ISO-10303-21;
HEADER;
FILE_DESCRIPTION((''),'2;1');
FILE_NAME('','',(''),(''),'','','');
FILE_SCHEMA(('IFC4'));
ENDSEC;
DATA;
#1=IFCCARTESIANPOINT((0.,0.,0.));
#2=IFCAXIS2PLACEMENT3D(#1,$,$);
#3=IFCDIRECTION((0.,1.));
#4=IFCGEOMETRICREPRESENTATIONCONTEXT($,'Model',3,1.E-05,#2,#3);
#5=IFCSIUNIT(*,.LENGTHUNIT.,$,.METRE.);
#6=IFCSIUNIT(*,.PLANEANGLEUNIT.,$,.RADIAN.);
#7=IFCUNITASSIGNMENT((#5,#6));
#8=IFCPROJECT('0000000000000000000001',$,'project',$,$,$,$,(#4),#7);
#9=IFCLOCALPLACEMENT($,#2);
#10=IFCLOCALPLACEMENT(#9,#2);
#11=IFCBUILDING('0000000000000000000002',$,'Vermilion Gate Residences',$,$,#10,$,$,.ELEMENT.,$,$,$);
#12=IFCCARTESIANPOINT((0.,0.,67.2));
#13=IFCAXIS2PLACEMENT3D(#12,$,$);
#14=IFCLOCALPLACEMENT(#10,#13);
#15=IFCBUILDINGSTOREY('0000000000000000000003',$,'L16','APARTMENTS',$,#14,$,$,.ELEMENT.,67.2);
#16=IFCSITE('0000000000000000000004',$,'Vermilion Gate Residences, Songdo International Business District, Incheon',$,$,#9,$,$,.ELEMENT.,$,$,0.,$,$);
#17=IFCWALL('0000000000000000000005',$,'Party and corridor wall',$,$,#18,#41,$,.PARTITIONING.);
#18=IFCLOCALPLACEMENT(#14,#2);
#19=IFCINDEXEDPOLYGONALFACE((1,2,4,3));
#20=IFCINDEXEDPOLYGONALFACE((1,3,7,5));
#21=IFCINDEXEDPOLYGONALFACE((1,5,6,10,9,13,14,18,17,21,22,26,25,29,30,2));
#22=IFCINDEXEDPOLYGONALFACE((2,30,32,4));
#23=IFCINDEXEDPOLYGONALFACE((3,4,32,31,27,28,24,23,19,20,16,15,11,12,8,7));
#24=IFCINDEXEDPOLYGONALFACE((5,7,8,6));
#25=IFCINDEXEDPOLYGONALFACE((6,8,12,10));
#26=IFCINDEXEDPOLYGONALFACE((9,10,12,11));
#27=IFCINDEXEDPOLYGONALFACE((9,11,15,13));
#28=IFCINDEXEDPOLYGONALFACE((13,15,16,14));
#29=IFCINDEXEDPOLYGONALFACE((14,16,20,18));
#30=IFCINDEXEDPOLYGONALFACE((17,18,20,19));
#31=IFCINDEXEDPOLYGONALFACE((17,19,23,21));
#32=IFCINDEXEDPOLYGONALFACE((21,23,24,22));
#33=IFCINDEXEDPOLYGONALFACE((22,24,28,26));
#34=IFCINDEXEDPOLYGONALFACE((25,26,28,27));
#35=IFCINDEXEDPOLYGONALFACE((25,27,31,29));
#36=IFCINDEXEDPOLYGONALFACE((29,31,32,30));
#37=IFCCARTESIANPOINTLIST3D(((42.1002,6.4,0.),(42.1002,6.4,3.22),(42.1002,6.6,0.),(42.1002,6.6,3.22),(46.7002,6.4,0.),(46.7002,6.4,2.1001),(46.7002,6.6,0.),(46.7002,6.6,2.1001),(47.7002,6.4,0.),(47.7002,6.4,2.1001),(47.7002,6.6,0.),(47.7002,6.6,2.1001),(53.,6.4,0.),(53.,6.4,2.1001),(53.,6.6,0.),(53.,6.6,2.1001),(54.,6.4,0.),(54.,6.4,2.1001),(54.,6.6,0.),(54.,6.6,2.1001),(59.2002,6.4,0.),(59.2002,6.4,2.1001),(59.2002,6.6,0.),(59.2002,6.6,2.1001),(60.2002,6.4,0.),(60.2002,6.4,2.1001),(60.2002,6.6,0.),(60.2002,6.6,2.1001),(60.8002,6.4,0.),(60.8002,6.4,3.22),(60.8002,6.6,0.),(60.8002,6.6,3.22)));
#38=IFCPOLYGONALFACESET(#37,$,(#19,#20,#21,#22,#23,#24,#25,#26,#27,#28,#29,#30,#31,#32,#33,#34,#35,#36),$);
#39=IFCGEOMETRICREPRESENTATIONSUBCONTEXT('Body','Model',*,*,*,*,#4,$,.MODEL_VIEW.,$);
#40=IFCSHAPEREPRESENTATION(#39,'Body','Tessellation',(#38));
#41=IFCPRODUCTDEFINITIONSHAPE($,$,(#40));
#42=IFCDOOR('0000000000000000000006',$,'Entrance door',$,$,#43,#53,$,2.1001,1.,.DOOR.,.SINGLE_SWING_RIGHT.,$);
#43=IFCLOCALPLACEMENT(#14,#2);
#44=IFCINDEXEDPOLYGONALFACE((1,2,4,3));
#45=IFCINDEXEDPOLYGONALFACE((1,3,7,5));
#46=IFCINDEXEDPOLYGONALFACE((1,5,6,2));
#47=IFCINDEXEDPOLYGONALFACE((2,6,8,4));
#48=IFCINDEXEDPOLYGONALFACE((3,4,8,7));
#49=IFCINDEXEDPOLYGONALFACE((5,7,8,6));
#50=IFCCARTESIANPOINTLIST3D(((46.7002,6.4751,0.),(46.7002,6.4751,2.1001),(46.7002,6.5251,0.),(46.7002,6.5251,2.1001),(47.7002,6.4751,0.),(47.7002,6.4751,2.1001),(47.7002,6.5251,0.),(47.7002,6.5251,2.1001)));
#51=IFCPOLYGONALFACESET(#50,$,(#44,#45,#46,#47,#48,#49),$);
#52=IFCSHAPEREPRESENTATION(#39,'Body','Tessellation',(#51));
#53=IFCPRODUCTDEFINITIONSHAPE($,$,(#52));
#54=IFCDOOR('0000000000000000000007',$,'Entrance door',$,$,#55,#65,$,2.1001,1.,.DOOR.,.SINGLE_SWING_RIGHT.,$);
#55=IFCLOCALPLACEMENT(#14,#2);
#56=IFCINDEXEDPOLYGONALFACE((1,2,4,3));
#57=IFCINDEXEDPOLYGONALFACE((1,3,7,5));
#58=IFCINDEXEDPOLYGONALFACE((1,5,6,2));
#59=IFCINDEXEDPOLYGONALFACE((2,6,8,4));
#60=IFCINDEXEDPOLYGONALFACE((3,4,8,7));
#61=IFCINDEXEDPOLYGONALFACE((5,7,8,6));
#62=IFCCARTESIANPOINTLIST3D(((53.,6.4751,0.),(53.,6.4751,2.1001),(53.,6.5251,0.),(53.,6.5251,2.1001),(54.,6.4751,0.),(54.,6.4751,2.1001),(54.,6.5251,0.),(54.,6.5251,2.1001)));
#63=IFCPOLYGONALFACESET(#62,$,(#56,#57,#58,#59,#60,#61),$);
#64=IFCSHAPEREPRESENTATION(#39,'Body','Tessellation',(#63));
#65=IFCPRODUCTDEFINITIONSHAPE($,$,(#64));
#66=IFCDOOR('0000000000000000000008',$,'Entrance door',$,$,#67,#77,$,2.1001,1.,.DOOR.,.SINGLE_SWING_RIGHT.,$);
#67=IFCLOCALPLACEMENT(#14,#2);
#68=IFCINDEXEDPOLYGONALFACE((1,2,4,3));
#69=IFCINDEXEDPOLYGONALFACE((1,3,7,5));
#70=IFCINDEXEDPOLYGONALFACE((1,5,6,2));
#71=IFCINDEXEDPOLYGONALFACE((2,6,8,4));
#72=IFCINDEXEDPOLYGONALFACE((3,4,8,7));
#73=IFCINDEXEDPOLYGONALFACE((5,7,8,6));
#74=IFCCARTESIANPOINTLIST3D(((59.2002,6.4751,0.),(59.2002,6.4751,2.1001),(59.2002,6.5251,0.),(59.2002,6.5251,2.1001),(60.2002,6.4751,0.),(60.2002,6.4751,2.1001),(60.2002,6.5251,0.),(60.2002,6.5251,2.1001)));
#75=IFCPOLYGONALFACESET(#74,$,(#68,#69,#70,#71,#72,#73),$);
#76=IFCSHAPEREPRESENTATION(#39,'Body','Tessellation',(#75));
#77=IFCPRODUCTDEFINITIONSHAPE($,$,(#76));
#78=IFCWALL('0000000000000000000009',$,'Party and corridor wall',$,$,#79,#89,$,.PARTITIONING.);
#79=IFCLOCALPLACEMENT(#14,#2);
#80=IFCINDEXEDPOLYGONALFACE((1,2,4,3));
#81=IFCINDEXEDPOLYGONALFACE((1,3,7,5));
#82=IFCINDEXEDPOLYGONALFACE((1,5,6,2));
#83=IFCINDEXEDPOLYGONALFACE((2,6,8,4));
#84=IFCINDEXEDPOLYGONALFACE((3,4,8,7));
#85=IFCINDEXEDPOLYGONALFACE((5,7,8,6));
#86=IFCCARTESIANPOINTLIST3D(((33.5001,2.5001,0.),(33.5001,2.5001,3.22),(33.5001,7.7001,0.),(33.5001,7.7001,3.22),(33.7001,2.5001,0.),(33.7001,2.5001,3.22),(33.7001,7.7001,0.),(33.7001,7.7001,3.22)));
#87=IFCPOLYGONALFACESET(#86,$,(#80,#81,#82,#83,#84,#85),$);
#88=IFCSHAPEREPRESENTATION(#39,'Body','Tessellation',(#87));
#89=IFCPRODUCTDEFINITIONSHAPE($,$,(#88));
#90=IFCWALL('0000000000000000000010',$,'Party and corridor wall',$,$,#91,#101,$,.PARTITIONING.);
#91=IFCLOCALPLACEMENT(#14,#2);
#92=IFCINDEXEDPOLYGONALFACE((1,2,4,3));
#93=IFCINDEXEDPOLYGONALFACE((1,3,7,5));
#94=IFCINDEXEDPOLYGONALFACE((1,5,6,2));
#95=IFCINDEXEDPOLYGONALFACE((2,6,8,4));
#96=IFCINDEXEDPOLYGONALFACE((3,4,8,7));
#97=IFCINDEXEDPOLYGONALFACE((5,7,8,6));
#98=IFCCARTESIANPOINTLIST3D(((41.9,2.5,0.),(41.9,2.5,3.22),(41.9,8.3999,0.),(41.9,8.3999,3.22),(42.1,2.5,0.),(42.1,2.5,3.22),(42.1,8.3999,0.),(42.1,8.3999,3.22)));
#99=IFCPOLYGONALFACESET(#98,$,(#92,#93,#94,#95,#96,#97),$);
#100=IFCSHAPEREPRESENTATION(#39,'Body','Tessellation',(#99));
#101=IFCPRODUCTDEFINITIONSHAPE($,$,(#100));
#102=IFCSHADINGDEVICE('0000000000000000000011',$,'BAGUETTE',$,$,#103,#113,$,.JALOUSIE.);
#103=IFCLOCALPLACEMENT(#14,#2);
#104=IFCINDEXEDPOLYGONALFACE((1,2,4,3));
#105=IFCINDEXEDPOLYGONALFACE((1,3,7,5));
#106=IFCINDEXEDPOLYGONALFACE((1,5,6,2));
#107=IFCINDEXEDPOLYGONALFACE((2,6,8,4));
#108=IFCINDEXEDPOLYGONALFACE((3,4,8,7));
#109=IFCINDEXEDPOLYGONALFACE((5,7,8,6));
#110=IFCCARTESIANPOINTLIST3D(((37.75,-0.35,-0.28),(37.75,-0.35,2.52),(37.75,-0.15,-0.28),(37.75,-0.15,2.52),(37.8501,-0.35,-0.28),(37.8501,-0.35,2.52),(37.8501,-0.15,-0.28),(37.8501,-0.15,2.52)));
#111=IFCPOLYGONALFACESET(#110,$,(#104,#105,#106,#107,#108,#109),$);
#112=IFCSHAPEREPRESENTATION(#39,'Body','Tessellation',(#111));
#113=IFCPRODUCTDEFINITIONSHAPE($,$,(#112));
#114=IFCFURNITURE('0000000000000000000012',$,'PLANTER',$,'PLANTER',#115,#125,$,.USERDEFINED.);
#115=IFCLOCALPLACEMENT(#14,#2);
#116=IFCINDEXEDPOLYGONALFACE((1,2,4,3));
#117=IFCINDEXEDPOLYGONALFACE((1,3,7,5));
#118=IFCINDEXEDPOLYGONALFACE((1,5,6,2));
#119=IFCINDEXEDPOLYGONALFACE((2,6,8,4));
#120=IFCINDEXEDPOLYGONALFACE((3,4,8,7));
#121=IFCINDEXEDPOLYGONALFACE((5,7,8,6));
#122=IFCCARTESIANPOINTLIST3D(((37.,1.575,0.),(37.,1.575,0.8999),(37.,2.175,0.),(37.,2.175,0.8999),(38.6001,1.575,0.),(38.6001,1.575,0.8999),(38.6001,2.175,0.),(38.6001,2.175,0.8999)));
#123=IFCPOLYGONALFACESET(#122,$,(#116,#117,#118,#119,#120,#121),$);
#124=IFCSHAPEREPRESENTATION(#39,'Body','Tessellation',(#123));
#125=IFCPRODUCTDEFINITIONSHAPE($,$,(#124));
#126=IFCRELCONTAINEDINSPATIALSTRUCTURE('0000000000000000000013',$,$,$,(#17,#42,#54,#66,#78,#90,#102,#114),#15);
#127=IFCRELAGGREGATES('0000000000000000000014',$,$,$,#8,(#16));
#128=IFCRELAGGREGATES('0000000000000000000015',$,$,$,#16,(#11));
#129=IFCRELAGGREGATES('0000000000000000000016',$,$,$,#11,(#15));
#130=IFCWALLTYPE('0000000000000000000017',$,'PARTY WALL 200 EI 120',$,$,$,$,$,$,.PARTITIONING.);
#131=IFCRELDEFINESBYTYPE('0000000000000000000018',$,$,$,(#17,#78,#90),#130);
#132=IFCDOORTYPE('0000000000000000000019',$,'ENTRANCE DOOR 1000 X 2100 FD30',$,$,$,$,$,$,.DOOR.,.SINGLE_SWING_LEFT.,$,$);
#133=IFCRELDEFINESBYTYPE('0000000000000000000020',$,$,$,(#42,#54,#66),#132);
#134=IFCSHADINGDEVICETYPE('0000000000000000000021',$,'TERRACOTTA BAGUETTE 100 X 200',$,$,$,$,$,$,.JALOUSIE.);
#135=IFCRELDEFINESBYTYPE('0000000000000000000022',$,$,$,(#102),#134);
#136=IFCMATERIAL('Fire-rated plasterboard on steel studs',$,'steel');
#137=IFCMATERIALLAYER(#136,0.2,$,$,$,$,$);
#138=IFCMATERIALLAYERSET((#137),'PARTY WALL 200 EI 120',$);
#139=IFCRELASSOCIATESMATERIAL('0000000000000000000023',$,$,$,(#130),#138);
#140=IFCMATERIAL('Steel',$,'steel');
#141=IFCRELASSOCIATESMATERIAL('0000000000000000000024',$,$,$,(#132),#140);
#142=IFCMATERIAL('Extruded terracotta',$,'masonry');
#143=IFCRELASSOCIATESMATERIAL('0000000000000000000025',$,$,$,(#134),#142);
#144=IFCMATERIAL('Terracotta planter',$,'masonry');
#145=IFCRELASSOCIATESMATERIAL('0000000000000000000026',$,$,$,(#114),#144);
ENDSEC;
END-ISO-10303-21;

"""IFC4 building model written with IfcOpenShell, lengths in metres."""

from ifc_helpers import new_model, si_unit, direction, frame, frame_2d, origin, origin_2d, place, context, subcontext, project, spatial, rectangle, extrude, material, layer, layer_set, material_profile, profile_set, type_object, element, fill, save


model = new_model("IFC4")

# Units and contexts
model_context = context("Model", 3, precision=1e-05, world=origin(), true_north=direction((0.0, 1.0)))
body_context = subcontext(model_context, "Body", "Model", "MODEL_VIEW")
ifc_project = project(units=[si_unit("LENGTHUNIT", "METRE"), si_unit("PLANEANGLEUNIT", "RADIAN")], contexts=[model_context])

# Site, building, storey
site_placement = place(None, origin())
site = spatial("IfcSite", under=ifc_project, at=site_placement, Name="Vermilion Gate Residences, Songdo International Business District, Incheon", CompositionType="ELEMENT", RefElevation=0.0)
building_placement = place(site_placement, origin())
building = spatial("IfcBuilding", under=site, at=building_placement, Name="Vermilion Gate Residences", CompositionType="ELEMENT")
storey_placement = place(building_placement, frame((0.0, 0.0, 67.2)))
storey = spatial("IfcBuildingStorey", under=building, at=storey_placement, Name="L16", Description="APARTMENTS", CompositionType="ELEMENT", Elevation=67.2)

# Wall, openings, doors
ifc_material_1 = material(Name="Fire-rated plasterboard on steel studs", Category="steel")
ifc_layer_1 = layer(ifc_material_1, 0.2)
ifc_layer_set_1 = layer_set([ifc_layer_1], Name="PARTY WALL 200 EI 120")
wall_type_1 = type_object("IfcWallType", Name="PARTY WALL 200 EI 120", PredefinedType="PARTITIONING", material=ifc_layer_set_1)
wall_1_placement = place(storey_placement, frame((42.1001, 6.5, 0.0), z_axis=(0.0, 0.0, 1.0), x_axis=(1.0, 0.0, 0.0)))
wall_1 = element("IfcWall", 1, at=wall_1_placement, inside=storey, type_object=wall_type_1, Name="Party and corridor wall", PredefinedType="PARTITIONING", context=body_context, shape_type="SweptSolid", body=[
    extrude(rectangle(XDim=18.7, YDim=0.2, at=frame_2d((9.3501, 0.0))), origin(), (0.0, 0.0, 1.0), 3.22),
])
opening_1_placement = place(wall_1_placement, frame((4.6001, 0.0, 0.0)))
opening_1 = element("IfcOpeningElement", 2, at=opening_1_placement, cuts=wall_1, PredefinedType="OPENING", context=body_context, shape_type="SweptSolid", body=[
    extrude(rectangle(XDim=1.0, YDim=2.1001, at=frame_2d((0.5, 1.05))), frame((0.0, 0.1099, 0.0), z_axis=(0.0, -1.0, 0.0), x_axis=(1.0, 0.0, 0.0)), (0.0, 0.0, 1.0), 0.22),
])
opening_2_placement = place(wall_1_placement, frame((10.8999, 0.0, 0.0)))
opening_2 = element("IfcOpeningElement", 3, at=opening_2_placement, cuts=wall_1, PredefinedType="OPENING", context=body_context, shape_type="SweptSolid", body=[
    extrude(rectangle(XDim=1.0, YDim=2.1001, at=frame_2d((0.5, 1.05))), frame((0.0, 0.1099, 0.0), z_axis=(0.0, -1.0, 0.0), x_axis=(1.0, 0.0, 0.0)), (0.0, 0.0, 1.0), 0.22),
])
opening_3_placement = place(wall_1_placement, frame((17.1001, 0.0, 0.0)))
opening_3 = element("IfcOpeningElement", 4, at=opening_3_placement, cuts=wall_1, PredefinedType="OPENING", context=body_context, shape_type="SweptSolid", body=[
    extrude(rectangle(XDim=1.0, YDim=2.1001, at=frame_2d((0.5, 1.05))), frame((0.0, 0.1099, 0.0), z_axis=(0.0, -1.0, 0.0), x_axis=(1.0, 0.0, 0.0)), (0.0, 0.0, 1.0), 0.22),
])
ifc_material_2 = material(Name="Steel", Category="steel")
door_type_1 = type_object("IfcDoorType", Name="ENTRANCE DOOR 1000 X 2100 FD30", OperationType="SINGLE_SWING_LEFT", PredefinedType="DOOR", material=ifc_material_2)
door_1_placement = place(opening_1_placement, frame((1.0, 0.0, 0.0), z_axis=(0.0, 0.0, 1.0), x_axis=(-1.0, 0.0, 0.0)))
door_1 = element("IfcDoor", 5, at=door_1_placement, inside=storey, type_object=door_type_1, Name="Entrance door", OperationType="SINGLE_SWING_RIGHT", OverallHeight=2.1001, OverallWidth=1.0, PredefinedType="DOOR", context=body_context, shape_type="SweptSolid", body=[
    extrude(rectangle(XDim=1.0, YDim=2.1001, at=frame_2d((0.5, 1.05))), frame((0.0, 0.0249, 0.0), z_axis=(0.0, -1.0, 0.0), x_axis=(1.0, 0.0, 0.0)), (0.0, 0.0, 1.0), 0.05),
])
fill(opening_1, door_1)
door_2_placement = place(opening_2_placement, frame((1.0, 0.0, 0.0), z_axis=(0.0, 0.0, 1.0), x_axis=(-1.0, 0.0, 0.0)))
door_2 = element("IfcDoor", 6, at=door_2_placement, inside=storey, type_object=door_type_1, Name="Entrance door", OperationType="SINGLE_SWING_RIGHT", OverallHeight=2.1001, OverallWidth=1.0, PredefinedType="DOOR", context=body_context, shape_type="SweptSolid", body=[
    extrude(rectangle(XDim=1.0, YDim=2.1001, at=frame_2d((0.5, 1.05))), frame((0.0, 0.0249, 0.0), z_axis=(0.0, -1.0, 0.0), x_axis=(1.0, 0.0, 0.0)), (0.0, 0.0, 1.0), 0.05),
])
fill(opening_2, door_2)
door_3_placement = place(opening_3_placement, frame((1.0, 0.0, 0.0), z_axis=(0.0, 0.0, 1.0), x_axis=(-1.0, 0.0, 0.0)))
door_3 = element("IfcDoor", 7, at=door_3_placement, inside=storey, type_object=door_type_1, Name="Entrance door", OperationType="SINGLE_SWING_RIGHT", OverallHeight=2.1001, OverallWidth=1.0, PredefinedType="DOOR", context=body_context, shape_type="SweptSolid", body=[
    extrude(rectangle(XDim=1.0, YDim=2.1001, at=frame_2d((0.5, 1.05))), frame((0.0, 0.0249, 0.0), z_axis=(0.0, -1.0, 0.0), x_axis=(1.0, 0.0, 0.0)), (0.0, 0.0, 1.0), 0.05),
])
fill(opening_3, door_3)

# Walls
wall_2_placement = place(storey_placement, frame((33.6001, 2.5, 0.0), z_axis=(0.0, 0.0, 1.0), x_axis=(0.0, 1.0, 0.0)))
element("IfcWall", 8, at=wall_2_placement, inside=storey, type_object=wall_type_1, Name="Party and corridor wall", PredefinedType="PARTITIONING", context=body_context, shape_type="SweptSolid", body=[
    extrude(rectangle(XDim=5.2, YDim=0.2, at=frame_2d((2.6001, 0.0))), origin(), (0.0, 0.0, 1.0), 3.22),
])
wall_3_placement = place(storey_placement, frame((42.0, 2.5, 0.0), z_axis=(0.0, 0.0, 1.0), x_axis=(0.0, 1.0, 0.0)))
element("IfcWall", 9, at=wall_3_placement, inside=storey, type_object=wall_type_1, Name="Party and corridor wall", PredefinedType="PARTITIONING", context=body_context, shape_type="SweptSolid", body=[
    extrude(rectangle(XDim=5.8999, YDim=0.2, at=frame_2d((2.95, 0.0))), origin(), (0.0, 0.0, 1.0), 3.22),
])

# Shading device
ifc_material_3 = material(Name="Extruded terracotta", Category="masonry")
ifc_material_profile_1 = material_profile(ifc_material_3, rectangle(XDim=0.2, YDim=0.1001, at=origin_2d()), Name="BAGUETTE 100 X 200")
ifc_profile_set_1 = profile_set([ifc_material_profile_1], Name="Extruded terracotta")
shading_device_type = type_object("IfcShadingDeviceType", Name="TERRACOTTA BAGUETTE 100 X 200", PredefinedType="JALOUSIE", material=ifc_profile_set_1)
shading_device_placement = place(storey_placement, frame((37.8, -0.25, -0.28), z_axis=(0.0, 0.0, 1.0), x_axis=(0.0, 1.0, 0.0)))
element("IfcShadingDevice", 10, at=shading_device_placement, inside=storey, type_object=shading_device_type, Name="BAGUETTE", PredefinedType="JALOUSIE", context=body_context, shape_type="SweptSolid", body=[
    extrude(rectangle(XDim=0.2, YDim=0.1001, at=origin_2d()), origin(), (0.0, 0.0, 1.0), 2.8),
])

# Furniture
ifc_material_4 = material(Name="Terracotta planter", Category="masonry")
furniture_placement = place(storey_placement, frame((37.8, 1.875, 0.0), z_axis=(0.0, 0.0, 1.0), x_axis=(1.0, 0.0, 0.0)))
element("IfcFurniture", 11, at=furniture_placement, inside=storey, material=ifc_material_4, Name="PLANTER", ObjectType="PLANTER", PredefinedType="USERDEFINED", context=body_context, shape_type="SweptSolid", body=[
    extrude(rectangle(XDim=1.6001, YDim=0.6001, at=origin_2d()), origin(), (0.0, 0.0, 1.0), 0.8999),
])

save(model, "model.ifc")
